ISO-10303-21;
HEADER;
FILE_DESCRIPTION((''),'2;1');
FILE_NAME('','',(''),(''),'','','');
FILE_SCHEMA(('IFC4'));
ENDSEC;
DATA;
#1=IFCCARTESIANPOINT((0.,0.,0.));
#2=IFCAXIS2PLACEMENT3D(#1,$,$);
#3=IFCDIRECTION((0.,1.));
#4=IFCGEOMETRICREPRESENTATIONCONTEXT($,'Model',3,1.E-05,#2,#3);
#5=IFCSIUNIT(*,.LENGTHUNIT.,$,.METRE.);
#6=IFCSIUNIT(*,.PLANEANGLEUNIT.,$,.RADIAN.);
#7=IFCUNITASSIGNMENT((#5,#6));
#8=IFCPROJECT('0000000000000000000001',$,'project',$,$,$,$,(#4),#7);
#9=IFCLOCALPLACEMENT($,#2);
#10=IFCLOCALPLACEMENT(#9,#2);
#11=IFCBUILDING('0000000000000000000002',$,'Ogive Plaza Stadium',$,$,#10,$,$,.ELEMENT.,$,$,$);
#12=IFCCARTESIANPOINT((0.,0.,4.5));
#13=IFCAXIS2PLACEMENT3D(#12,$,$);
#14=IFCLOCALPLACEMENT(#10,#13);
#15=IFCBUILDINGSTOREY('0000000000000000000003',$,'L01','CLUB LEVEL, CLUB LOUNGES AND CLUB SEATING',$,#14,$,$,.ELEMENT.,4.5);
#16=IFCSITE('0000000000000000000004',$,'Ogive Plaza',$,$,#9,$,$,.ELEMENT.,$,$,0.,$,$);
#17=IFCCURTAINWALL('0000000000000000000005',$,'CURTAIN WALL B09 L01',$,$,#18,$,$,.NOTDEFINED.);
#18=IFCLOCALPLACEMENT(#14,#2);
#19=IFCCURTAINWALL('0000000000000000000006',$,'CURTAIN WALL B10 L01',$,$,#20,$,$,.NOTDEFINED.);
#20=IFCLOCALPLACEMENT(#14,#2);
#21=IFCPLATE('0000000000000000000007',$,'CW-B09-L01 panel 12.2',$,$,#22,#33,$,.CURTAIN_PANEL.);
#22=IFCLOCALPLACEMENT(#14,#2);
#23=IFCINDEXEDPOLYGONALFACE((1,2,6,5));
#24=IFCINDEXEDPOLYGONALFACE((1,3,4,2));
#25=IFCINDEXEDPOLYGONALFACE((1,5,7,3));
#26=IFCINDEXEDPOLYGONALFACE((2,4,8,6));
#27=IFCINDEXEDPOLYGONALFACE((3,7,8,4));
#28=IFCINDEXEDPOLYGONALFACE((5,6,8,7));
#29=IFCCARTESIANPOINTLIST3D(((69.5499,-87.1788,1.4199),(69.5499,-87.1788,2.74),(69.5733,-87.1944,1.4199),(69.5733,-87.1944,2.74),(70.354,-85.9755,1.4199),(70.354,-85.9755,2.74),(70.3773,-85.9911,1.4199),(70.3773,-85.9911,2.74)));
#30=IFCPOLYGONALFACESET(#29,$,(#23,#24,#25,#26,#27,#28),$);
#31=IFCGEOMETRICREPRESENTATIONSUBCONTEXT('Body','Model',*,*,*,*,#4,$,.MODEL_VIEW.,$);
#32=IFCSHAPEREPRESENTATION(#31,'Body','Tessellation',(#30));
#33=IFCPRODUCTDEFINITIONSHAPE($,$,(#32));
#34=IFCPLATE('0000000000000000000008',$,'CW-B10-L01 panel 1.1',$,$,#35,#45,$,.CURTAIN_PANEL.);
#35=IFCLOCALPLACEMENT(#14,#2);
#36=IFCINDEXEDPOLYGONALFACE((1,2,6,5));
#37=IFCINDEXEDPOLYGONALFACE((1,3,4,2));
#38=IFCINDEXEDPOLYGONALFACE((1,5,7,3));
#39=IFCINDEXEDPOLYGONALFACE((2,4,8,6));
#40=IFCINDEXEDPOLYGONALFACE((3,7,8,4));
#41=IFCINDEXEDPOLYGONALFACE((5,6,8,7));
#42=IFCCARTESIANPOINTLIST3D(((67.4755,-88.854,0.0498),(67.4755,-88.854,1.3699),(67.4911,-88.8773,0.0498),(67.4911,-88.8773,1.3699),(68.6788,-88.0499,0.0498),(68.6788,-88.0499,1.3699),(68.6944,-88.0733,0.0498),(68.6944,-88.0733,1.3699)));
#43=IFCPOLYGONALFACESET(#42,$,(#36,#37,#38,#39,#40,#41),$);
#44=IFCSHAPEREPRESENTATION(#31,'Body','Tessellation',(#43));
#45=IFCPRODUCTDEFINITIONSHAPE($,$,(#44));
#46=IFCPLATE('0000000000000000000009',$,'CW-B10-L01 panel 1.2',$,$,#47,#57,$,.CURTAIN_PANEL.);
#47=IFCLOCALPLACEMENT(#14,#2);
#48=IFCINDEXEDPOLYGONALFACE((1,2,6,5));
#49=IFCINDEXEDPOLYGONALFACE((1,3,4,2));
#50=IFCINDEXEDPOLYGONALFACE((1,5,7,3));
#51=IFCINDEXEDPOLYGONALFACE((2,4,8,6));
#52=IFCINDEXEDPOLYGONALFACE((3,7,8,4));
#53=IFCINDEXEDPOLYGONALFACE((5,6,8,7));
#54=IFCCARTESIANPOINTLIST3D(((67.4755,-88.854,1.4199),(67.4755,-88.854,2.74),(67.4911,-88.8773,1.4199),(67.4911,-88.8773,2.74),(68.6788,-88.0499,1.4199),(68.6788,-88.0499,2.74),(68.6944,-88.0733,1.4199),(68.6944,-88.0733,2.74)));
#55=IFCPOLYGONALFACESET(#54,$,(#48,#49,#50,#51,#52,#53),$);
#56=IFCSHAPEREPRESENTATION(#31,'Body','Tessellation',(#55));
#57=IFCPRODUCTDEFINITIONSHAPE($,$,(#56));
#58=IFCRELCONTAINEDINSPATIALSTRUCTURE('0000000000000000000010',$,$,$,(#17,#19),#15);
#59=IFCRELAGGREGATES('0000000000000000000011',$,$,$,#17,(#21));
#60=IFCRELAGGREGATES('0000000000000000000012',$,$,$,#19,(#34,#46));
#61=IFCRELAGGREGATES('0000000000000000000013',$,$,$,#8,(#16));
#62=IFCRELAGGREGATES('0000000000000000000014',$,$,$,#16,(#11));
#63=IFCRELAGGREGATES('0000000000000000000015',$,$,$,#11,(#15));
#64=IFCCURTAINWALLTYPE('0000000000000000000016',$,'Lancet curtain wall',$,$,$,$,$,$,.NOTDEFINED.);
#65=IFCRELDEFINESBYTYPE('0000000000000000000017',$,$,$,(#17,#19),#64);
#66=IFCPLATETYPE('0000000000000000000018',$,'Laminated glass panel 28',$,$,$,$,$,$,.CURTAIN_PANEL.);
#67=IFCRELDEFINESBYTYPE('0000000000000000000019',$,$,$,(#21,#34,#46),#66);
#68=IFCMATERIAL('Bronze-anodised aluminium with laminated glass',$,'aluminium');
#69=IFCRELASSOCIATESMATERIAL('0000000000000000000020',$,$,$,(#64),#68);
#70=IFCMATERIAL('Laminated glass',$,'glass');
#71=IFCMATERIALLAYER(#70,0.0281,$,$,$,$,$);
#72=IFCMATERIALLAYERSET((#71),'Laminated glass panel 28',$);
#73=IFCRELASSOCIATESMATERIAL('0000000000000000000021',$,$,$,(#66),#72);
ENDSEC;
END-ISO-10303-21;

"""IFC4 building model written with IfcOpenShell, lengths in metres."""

from ifc_helpers import new_model, si_unit, direction, frame, origin, origin_2d, place, context, subcontext, project, spatial, rectangle, extrude, material, layer, layer_set, type_object, element, aggregate, save


model = new_model("IFC4")

# Units and contexts
model_context = context("Model", 3, precision=1e-05, world=origin(), true_north=direction((0.0, 1.0)))
body_context = subcontext(model_context, "Body", "Model", "MODEL_VIEW")
ifc_project = project(units=[si_unit("LENGTHUNIT", "METRE"), si_unit("PLANEANGLEUNIT", "RADIAN")], contexts=[model_context])

# Site, building, storey
site_placement = place(None, origin())
site = spatial("IfcSite", under=ifc_project, at=site_placement, Name="Ogive Plaza", CompositionType="ELEMENT", RefElevation=0.0)
building_placement = place(site_placement, origin())
building = spatial("IfcBuilding", under=site, at=building_placement, Name="Ogive Plaza Stadium", CompositionType="ELEMENT")
storey_placement = place(building_placement, frame((0.0, 0.0, 4.5)))
storey = spatial("IfcBuildingStorey", under=building, at=storey_placement, Name="L01", Description="CLUB LEVEL, CLUB LOUNGES AND CLUB SEATING", CompositionType="ELEMENT", Elevation=4.5)

# Curtain walls
ifc_material_1 = material(Name="Bronze-anodised aluminium with laminated glass", Category="aluminium")
curtain_wall_type = type_object("IfcCurtainWallType", Name="Lancet curtain wall", PredefinedType="NOTDEFINED", material=ifc_material_1)
curtain_wall_1_placement = place(storey_placement, origin())
curtain_wall_1 = element("IfcCurtainWall", 1, at=curtain_wall_1_placement, inside=storey, type_object=curtain_wall_type, Name="CURTAIN WALL B09 L01", PredefinedType="NOTDEFINED")
curtain_wall_2_placement = place(storey_placement, origin())
curtain_wall_2 = element("IfcCurtainWall", 2, at=curtain_wall_2_placement, inside=storey, type_object=curtain_wall_type, Name="CURTAIN WALL B10 L01", PredefinedType="NOTDEFINED")

# Plates
ifc_material_2 = material(Name="Laminated glass", Category="glass")
ifc_layer = layer(ifc_material_2, 0.0281)
ifc_layer_set = layer_set([ifc_layer], Name="Laminated glass panel 28")
plate_type = type_object("IfcPlateType", Name="Laminated glass panel 28", PredefinedType="CURTAIN_PANEL", material=ifc_layer_set)
plate_1_placement = place(storey_placement, frame((69.9636, -86.585, 1.4199), z_axis=(0.0, 0.0, 1.0), x_axis=(-0.55557, -0.83147, 0.0)))
plate_1 = element("IfcPlate", 3, at=plate_1_placement, type_object=plate_type, Name="CW-B09-L01 panel 12.2", PredefinedType="CURTAIN_PANEL", context=body_context, shape_type="SweptSolid", body=[
    extrude(rectangle(XDim=1.4473, YDim=0.0281, at=origin_2d()), origin(), (0.0, 0.0, 1.0), 1.3201),
])
aggregate(curtain_wall_1, [plate_1])
plate_2_placement = place(storey_placement, frame((68.085, -88.4636, 0.0498), z_axis=(0.0, 0.0, 1.0), x_axis=(-0.83147, -0.55557, 0.0)))
plate_2 = element("IfcPlate", 4, at=plate_2_placement, type_object=plate_type, Name="CW-B10-L01 panel 1.1", PredefinedType="CURTAIN_PANEL", context=body_context, shape_type="SweptSolid", body=[
    extrude(rectangle(XDim=1.4473, YDim=0.0281, at=origin_2d()), origin(), (0.0, 0.0, 1.0), 1.3201),
])
plate_3_placement = place(storey_placement, frame((68.085, -88.4636, 1.4199), z_axis=(0.0, 0.0, 1.0), x_axis=(-0.83147, -0.55557, 0.0)))
plate_3 = element("IfcPlate", 5, at=plate_3_placement, type_object=plate_type, Name="CW-B10-L01 panel 1.2", PredefinedType="CURTAIN_PANEL", context=body_context, shape_type="SweptSolid", body=[
    extrude(rectangle(XDim=1.4473, YDim=0.0281, at=origin_2d()), origin(), (0.0, 0.0, 1.0), 1.3201),
])
aggregate(curtain_wall_2, [plate_2, plate_3])

save(model, "model.ifc")
